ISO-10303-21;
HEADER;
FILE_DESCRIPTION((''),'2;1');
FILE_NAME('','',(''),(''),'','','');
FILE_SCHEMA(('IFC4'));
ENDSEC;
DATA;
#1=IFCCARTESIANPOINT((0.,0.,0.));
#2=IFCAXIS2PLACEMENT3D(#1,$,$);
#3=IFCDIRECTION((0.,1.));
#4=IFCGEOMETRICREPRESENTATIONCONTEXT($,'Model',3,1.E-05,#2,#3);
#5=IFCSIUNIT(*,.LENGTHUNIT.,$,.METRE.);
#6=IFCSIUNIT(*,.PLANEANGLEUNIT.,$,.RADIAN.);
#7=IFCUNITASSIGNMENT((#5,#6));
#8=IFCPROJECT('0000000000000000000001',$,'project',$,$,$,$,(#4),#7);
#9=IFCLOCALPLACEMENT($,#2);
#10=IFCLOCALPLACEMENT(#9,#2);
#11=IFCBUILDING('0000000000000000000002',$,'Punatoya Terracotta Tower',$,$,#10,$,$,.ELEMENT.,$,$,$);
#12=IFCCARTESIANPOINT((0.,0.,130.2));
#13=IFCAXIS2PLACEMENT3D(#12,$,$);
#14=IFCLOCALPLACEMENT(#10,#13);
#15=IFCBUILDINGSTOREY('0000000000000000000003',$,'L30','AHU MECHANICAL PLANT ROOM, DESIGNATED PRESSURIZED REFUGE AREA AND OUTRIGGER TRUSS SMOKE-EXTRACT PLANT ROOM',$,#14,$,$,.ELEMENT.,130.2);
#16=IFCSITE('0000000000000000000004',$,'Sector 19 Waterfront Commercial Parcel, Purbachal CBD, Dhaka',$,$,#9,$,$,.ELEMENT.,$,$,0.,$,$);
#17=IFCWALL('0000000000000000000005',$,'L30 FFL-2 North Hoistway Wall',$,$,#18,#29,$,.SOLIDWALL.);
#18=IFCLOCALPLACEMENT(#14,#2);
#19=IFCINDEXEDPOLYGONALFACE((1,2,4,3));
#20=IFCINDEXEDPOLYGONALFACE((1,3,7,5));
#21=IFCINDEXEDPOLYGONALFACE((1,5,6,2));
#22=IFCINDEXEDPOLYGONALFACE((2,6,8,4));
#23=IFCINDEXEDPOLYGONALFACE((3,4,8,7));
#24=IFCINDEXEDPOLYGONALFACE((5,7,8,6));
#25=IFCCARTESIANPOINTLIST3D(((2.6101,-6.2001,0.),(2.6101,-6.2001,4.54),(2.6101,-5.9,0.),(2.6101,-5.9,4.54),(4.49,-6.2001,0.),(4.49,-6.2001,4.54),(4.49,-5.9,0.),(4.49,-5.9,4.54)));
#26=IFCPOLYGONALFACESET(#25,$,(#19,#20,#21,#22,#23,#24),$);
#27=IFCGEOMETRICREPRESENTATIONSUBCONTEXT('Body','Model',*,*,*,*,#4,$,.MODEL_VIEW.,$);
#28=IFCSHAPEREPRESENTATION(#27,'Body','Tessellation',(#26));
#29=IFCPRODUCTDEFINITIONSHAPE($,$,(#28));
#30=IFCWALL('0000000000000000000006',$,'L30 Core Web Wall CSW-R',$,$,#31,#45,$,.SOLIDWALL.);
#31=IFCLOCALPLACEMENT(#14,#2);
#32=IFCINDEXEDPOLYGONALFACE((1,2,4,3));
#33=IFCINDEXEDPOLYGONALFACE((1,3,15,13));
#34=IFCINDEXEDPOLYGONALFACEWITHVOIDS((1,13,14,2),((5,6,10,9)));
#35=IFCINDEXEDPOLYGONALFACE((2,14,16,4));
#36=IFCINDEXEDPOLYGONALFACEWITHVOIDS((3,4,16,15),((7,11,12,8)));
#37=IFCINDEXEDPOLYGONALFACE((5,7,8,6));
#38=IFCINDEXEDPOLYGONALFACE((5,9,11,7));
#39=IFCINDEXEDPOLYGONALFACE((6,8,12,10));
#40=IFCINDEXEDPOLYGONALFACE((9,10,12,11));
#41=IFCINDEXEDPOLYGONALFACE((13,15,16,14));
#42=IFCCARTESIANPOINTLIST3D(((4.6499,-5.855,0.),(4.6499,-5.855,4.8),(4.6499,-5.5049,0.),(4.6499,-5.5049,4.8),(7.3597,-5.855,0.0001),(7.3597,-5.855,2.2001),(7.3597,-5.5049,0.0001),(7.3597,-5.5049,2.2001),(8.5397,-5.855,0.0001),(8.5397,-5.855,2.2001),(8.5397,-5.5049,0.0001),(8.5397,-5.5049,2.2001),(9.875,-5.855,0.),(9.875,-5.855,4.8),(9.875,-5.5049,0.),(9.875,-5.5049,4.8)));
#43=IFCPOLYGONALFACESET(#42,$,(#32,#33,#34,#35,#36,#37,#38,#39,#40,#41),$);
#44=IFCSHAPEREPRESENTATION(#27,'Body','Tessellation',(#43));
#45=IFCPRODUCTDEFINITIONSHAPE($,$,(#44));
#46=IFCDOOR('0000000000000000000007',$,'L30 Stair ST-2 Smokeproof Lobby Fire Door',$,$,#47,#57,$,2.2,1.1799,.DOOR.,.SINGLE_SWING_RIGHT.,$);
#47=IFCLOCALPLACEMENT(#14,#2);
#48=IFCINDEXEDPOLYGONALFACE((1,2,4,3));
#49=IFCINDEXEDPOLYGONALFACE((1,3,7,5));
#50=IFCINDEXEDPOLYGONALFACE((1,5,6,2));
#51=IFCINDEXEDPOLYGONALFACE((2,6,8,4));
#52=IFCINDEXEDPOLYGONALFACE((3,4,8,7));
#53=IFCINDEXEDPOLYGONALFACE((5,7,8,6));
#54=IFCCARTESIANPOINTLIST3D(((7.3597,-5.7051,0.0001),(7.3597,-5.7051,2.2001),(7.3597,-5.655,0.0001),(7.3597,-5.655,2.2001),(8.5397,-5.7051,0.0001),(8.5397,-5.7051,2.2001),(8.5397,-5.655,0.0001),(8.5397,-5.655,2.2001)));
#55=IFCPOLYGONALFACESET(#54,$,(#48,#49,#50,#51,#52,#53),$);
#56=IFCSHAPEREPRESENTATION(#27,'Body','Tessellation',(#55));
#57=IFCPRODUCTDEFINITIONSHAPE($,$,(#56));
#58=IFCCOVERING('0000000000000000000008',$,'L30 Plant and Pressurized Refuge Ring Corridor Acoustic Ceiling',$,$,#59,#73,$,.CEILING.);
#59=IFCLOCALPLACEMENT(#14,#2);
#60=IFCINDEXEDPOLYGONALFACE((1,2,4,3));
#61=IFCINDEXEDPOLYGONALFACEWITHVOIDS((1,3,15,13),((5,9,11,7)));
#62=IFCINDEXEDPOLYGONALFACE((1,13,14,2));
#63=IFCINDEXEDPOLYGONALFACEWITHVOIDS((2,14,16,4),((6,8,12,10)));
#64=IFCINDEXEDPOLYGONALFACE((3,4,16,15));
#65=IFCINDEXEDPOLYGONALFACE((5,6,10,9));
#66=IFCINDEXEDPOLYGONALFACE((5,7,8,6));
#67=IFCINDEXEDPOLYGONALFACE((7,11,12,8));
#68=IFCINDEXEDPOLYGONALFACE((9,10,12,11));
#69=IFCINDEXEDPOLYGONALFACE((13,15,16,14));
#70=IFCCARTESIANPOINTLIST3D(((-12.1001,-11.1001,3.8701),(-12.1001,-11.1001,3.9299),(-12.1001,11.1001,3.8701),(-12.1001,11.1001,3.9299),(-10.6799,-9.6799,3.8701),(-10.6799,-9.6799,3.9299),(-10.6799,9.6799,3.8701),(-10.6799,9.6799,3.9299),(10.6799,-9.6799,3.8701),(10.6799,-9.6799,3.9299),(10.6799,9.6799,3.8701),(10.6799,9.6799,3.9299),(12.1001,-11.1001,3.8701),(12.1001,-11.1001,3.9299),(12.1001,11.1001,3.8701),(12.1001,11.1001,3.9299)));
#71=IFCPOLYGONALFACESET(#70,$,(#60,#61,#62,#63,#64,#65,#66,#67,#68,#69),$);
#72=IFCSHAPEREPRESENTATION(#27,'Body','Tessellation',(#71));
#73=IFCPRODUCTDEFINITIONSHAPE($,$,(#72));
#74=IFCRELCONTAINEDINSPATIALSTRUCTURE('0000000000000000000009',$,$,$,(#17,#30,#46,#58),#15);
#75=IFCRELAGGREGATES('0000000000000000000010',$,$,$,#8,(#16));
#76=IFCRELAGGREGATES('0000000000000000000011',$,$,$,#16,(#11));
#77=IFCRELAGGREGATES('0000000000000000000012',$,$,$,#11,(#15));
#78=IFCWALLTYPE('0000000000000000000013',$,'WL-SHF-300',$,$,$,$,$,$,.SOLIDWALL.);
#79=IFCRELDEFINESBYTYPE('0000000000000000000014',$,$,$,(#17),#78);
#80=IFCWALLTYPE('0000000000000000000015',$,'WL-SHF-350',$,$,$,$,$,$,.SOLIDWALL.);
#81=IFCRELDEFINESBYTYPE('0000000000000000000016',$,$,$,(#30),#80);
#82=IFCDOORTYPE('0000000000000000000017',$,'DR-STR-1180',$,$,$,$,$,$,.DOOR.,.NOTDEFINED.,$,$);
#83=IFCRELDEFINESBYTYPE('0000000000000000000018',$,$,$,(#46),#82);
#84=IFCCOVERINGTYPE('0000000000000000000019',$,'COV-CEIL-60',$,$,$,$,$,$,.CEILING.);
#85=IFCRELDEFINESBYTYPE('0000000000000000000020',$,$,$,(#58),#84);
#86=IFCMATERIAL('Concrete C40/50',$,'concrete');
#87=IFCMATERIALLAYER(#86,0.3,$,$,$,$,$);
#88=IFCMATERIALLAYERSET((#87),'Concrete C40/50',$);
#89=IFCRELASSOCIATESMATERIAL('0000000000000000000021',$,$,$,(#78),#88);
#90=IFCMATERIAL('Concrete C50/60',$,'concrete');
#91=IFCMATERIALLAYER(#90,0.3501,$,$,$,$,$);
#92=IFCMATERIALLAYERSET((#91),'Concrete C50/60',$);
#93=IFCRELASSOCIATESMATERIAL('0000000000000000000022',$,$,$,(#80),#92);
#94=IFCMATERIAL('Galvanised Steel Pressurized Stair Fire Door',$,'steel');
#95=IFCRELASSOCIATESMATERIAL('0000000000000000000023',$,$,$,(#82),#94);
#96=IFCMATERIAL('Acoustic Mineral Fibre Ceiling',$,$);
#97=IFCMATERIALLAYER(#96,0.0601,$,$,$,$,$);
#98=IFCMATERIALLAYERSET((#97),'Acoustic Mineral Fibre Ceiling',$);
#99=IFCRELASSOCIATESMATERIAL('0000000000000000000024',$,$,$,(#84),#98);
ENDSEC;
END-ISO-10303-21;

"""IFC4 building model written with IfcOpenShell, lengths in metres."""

from ifc_helpers import new_model, si_unit, direction, frame, frame_2d, origin, place, context, subcontext, project, spatial, polyline, rectangle, outline, extrude, material, layer, layer_set, type_object, element, fill, save


model = new_model("IFC4")

# Units and contexts
model_context = context("Model", 3, precision=1e-05, world=origin(), true_north=direction((0.0, 1.0)))
body_context = subcontext(model_context, "Body", "Model", "MODEL_VIEW")
ifc_project = project(units=[si_unit("LENGTHUNIT", "METRE"), si_unit("PLANEANGLEUNIT", "RADIAN")], contexts=[model_context])

# Site, building, storey
site_placement = place(None, origin())
site = spatial("IfcSite", under=ifc_project, at=site_placement, Name="Sector 19 Waterfront Commercial Parcel, Purbachal CBD, Dhaka", CompositionType="ELEMENT", RefElevation=0.0)
building_placement = place(site_placement, origin())
building = spatial("IfcBuilding", under=site, at=building_placement, Name="Punatoya Terracotta Tower", CompositionType="ELEMENT")
storey_placement = place(building_placement, frame((0.0, 0.0, 130.2)))
storey = spatial("IfcBuildingStorey", under=building, at=storey_placement, Name="L30", Description="AHU MECHANICAL PLANT ROOM, DESIGNATED PRESSURIZED REFUGE AREA AND OUTRIGGER TRUSS SMOKE-EXTRACT PLANT ROOM", CompositionType="ELEMENT", Elevation=130.2)

# Shared definitions
ifc_material_1 = material(Name="Concrete C40/50", Category="concrete")

# Shared definitions
ifc_layer_1 = layer(ifc_material_1, 0.3)
ifc_layer_set_1 = layer_set([ifc_layer_1], Name="Concrete C40/50")
wall_type_1 = type_object("IfcWallType", Name="WL-SHF-300", PredefinedType="SOLIDWALL", material=ifc_layer_set_1)

# Wall
wall_1_placement = place(storey_placement, frame((2.6101, -6.05, 0.0), z_axis=(0.0, 0.0, 1.0), x_axis=(1.0, 0.0, 0.0)))
element("IfcWall", 1, at=wall_1_placement, inside=storey, type_object=wall_type_1, Name="L30 FFL-2 North Hoistway Wall", PredefinedType="SOLIDWALL", context=body_context, shape_type="SweptSolid", body=[
    extrude(rectangle(XDim=1.8799, YDim=0.3, at=frame_2d((0.9399, 0.0))), origin(), (0.0, 0.0, 1.0), 4.54),
])

# Wall, opening, door
ifc_material_2 = material(Name="Concrete C50/60", Category="concrete")
ifc_layer_2 = layer(ifc_material_2, 0.3501)
ifc_layer_set_2 = layer_set([ifc_layer_2], Name="Concrete C50/60")
wall_type_2 = type_object("IfcWallType", Name="WL-SHF-350", PredefinedType="SOLIDWALL", material=ifc_layer_set_2)
wall_2_placement = place(storey_placement, frame((4.6499, -5.6799, 0.0), z_axis=(0.0, 0.0, 1.0), x_axis=(1.0, 0.0, 0.0)))
wall_2 = element("IfcWall", 2, at=wall_2_placement, inside=storey, type_object=wall_type_2, Name="L30 Core Web Wall CSW-R", PredefinedType="SOLIDWALL", context=body_context, shape_type="SweptSolid", body=[
    extrude(rectangle(XDim=5.2251, YDim=0.3501, at=frame_2d((2.6125, 0.0))), origin(), (0.0, 0.0, 1.0), 4.8),
])
opening_1_placement = place(wall_2_placement, frame((2.71, 0.0, 0.0)))
opening_1 = element("IfcOpeningElement", 3, at=opening_1_placement, cuts=wall_2, PredefinedType="OPENING", context=body_context, shape_type="SweptSolid", body=[
    extrude(rectangle(XDim=1.1799, YDim=2.2, at=frame_2d((0.5898, 1.1001))), frame((0.0, 0.1851, 0.0), z_axis=(0.0, -1.0, 0.0), x_axis=(1.0, 0.0, 0.0)), (0.0, 0.0, 1.0), 0.3701),
])
ifc_material_3 = material(Name="Galvanised Steel Pressurized Stair Fire Door", Category="steel")
door_type_1 = type_object("IfcDoorType", Name="DR-STR-1180", OperationType="NOTDEFINED", PredefinedType="DOOR", material=ifc_material_3)
door_1_placement = place(opening_1_placement, origin())
door_1 = element("IfcDoor", 4, at=door_1_placement, inside=storey, type_object=door_type_1, Name="L30 Stair ST-2 Smokeproof Lobby Fire Door", OperationType="SINGLE_SWING_RIGHT", OverallHeight=2.2, OverallWidth=1.1799, PredefinedType="DOOR", context=body_context, shape_type="SweptSolid", body=[
    extrude(rectangle(XDim=1.1799, YDim=2.2, at=frame_2d((0.5898, 1.1001))), frame((0.0, 0.0249, 0.0), z_axis=(0.0, -1.0, 0.0), x_axis=(1.0, 0.0, 0.0)), (0.0, 0.0, 1.0), 0.05),
])
fill(opening_1, door_1)

# Covering
ifc_material_4 = material(Name="Acoustic Mineral Fibre Ceiling")
ifc_layer_3 = layer(ifc_material_4, 0.0601)
ifc_layer_set_3 = layer_set([ifc_layer_3], Name="Acoustic Mineral Fibre Ceiling")
covering_type = type_object("IfcCoveringType", Name="COV-CEIL-60", PredefinedType="CEILING", material=ifc_layer_set_3)
covering_placement = place(storey_placement, frame((0.0, 0.0, 3.8701)))
element("IfcCovering", 5, at=covering_placement, inside=storey, type_object=covering_type, Name="L30 Plant and Pressurized Refuge Ring Corridor Acoustic Ceiling", PredefinedType="CEILING", context=body_context, shape_type="SweptSolid", body=[
    extrude(outline(polyline([(-12.1001, 11.1001), (-12.1001, -11.1001), (12.1001, -11.1001), (12.1001, 11.1001), (-12.1001, 11.1001)]), holes=[polyline([(-10.6799, 9.6799), (10.6799, 9.6799), (10.6799, -9.6799), (-10.6799, -9.6799), (-10.6799, 9.6799)])]), origin(), (0.0, 0.0, 1.0), 0.0598),
])

save(model, "model.ifc")
